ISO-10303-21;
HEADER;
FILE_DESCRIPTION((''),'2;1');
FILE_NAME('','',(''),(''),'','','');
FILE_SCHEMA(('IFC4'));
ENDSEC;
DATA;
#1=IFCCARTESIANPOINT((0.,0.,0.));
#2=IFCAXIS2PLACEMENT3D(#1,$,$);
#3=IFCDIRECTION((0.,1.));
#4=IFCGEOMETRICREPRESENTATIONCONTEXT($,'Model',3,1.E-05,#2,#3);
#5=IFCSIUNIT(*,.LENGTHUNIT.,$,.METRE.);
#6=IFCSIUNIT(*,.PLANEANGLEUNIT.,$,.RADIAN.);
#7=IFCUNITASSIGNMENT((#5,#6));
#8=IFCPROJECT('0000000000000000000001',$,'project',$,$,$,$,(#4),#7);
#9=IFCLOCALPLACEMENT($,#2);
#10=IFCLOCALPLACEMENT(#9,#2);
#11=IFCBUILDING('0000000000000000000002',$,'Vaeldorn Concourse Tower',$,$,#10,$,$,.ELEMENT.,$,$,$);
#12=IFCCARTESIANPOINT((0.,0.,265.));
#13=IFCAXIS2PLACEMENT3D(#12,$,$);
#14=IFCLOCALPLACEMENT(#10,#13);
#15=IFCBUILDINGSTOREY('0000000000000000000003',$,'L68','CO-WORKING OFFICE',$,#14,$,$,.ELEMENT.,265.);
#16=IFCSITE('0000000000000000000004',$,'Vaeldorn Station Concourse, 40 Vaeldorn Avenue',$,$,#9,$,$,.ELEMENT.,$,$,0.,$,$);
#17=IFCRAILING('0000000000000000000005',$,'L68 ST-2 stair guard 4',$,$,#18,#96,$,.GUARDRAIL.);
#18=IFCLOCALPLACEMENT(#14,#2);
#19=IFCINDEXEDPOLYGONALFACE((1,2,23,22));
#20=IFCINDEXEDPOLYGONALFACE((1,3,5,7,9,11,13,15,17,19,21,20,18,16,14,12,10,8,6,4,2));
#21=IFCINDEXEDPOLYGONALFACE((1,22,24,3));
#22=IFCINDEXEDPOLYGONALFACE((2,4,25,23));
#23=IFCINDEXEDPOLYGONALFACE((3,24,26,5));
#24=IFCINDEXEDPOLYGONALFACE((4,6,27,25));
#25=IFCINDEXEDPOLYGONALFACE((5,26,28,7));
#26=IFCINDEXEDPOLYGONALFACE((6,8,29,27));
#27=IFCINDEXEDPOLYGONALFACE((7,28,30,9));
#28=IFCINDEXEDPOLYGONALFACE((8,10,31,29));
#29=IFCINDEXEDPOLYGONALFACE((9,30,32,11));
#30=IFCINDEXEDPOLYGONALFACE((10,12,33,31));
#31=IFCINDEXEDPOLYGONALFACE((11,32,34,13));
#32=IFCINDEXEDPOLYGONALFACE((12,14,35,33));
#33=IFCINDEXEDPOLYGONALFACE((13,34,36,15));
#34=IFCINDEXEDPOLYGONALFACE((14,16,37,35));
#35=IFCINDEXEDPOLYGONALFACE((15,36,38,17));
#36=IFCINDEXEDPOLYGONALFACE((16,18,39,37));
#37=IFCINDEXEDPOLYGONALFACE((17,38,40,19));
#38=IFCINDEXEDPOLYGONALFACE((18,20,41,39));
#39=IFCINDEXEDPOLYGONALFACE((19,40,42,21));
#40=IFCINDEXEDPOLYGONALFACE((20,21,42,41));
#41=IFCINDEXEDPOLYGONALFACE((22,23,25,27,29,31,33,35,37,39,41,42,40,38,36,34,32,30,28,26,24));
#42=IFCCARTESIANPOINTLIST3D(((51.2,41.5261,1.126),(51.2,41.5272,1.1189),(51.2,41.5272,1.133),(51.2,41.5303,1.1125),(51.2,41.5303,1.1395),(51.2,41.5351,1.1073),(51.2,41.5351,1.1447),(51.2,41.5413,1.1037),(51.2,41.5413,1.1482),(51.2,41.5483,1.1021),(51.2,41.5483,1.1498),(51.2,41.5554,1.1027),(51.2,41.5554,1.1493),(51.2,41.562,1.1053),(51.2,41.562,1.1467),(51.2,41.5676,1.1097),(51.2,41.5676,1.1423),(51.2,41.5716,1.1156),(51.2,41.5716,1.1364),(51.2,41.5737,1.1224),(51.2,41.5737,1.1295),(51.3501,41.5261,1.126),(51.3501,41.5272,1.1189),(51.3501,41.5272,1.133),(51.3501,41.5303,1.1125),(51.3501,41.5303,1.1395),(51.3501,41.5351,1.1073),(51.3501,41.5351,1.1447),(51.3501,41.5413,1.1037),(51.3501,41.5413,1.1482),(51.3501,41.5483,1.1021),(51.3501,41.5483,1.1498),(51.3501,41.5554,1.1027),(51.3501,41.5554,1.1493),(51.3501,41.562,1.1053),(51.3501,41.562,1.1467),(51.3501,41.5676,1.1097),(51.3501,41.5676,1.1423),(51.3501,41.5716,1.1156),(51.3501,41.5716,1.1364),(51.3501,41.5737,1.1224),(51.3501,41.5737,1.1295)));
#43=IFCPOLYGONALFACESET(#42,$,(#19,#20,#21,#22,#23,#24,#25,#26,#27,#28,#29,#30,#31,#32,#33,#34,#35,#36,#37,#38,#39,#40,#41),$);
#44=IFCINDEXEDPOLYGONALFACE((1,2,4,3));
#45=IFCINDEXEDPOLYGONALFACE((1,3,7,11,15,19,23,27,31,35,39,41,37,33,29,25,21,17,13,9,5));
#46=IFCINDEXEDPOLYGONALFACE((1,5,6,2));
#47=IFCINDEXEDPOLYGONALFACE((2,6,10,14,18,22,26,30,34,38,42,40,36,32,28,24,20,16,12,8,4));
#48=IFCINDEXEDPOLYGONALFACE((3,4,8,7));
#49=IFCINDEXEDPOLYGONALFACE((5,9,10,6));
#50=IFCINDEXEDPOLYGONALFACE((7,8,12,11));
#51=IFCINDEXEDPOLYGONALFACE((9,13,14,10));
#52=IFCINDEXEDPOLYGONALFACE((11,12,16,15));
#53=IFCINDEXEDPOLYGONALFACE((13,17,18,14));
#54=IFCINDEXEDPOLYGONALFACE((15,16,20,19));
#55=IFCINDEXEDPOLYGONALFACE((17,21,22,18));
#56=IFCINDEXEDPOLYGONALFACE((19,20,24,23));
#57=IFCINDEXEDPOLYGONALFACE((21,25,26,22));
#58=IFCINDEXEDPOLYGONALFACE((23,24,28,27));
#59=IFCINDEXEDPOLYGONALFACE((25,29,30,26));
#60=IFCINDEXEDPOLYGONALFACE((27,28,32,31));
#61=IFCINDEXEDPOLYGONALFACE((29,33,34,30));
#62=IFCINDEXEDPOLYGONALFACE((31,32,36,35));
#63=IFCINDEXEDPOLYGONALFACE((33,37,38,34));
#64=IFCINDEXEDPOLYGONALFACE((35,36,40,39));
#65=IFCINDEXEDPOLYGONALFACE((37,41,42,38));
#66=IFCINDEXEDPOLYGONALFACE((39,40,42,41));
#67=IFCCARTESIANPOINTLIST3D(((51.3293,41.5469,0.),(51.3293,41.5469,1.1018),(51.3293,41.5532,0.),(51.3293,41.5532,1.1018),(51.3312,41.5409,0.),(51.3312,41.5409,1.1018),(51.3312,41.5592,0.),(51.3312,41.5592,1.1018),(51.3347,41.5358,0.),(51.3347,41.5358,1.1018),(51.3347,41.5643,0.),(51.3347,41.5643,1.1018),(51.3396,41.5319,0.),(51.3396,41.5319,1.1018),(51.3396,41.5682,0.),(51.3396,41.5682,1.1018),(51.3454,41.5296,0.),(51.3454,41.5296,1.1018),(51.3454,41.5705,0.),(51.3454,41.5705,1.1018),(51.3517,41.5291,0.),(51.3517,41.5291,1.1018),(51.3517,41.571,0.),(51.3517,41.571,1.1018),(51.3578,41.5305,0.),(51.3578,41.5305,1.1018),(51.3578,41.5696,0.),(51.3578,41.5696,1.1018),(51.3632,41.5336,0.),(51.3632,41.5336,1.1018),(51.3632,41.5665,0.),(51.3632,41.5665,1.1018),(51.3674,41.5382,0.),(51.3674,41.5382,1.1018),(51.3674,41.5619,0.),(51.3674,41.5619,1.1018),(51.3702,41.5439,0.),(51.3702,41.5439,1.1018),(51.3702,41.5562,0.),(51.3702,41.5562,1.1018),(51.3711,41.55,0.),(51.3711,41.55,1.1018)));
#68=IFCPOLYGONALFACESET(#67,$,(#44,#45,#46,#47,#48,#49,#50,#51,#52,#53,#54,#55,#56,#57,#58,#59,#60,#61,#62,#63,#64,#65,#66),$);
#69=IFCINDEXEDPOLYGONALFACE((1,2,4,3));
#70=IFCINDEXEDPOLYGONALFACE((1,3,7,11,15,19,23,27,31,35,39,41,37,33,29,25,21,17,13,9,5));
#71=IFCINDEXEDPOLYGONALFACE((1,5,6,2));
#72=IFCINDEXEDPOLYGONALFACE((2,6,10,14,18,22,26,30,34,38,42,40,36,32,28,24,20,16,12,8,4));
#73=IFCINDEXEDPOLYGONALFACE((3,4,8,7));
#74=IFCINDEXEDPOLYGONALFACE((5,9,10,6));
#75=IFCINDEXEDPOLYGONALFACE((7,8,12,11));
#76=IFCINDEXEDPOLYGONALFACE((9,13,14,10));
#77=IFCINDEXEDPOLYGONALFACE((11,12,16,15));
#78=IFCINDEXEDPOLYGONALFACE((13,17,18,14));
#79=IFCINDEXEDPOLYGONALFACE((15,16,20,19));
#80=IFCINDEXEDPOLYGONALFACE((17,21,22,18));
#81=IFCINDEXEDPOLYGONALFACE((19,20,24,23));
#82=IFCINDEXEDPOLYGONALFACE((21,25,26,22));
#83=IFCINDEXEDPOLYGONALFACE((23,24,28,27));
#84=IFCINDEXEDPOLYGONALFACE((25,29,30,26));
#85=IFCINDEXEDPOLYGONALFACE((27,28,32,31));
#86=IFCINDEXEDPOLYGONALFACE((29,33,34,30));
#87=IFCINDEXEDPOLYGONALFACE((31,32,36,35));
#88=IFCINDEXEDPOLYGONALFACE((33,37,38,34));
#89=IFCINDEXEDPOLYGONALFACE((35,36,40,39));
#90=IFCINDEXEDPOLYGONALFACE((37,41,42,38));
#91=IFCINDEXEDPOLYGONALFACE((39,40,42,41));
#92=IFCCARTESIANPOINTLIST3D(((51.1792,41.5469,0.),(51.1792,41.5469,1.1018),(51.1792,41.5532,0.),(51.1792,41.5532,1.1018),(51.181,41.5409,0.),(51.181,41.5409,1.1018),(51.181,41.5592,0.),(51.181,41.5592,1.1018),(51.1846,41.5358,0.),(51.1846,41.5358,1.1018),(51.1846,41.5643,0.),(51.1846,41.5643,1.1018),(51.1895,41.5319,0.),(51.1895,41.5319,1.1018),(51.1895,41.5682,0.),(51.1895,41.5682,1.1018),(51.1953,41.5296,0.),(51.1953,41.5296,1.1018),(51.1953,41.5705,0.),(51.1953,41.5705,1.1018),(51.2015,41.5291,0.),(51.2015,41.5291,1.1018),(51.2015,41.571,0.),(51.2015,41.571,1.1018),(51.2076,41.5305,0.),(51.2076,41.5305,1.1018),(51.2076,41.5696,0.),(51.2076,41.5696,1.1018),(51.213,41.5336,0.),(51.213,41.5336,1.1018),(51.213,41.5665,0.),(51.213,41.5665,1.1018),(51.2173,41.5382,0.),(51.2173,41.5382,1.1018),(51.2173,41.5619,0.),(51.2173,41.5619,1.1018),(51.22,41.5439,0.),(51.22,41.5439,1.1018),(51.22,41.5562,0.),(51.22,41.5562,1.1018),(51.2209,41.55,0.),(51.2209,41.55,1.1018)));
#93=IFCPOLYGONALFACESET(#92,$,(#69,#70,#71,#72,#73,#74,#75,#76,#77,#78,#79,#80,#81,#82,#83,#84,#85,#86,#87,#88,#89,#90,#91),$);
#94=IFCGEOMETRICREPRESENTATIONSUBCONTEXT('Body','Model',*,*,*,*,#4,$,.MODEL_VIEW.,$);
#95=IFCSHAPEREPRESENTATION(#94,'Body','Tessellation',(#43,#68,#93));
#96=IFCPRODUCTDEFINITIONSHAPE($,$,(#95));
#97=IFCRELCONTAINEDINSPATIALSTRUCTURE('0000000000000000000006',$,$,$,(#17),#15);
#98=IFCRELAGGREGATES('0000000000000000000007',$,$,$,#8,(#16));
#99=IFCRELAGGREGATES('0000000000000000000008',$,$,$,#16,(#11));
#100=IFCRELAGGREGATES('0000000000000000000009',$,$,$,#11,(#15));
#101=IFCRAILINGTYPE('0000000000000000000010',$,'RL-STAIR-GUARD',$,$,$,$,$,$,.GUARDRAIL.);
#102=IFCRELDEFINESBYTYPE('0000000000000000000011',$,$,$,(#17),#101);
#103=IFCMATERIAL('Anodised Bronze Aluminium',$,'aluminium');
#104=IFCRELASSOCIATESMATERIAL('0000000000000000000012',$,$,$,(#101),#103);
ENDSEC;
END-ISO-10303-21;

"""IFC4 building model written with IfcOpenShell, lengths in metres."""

from ifc_helpers import new_model, si_unit, direction, frame, origin, origin_2d, place, context, subcontext, project, spatial, circle, extrude, material, type_object, element, save


model = new_model("IFC4")

# Units and contexts
model_context = context("Model", 3, precision=1e-05, world=origin(), true_north=direction((0.0, 1.0)))
body_context = subcontext(model_context, "Body", "Model", "MODEL_VIEW")
ifc_project = project(units=[si_unit("LENGTHUNIT", "METRE"), si_unit("PLANEANGLEUNIT", "RADIAN")], contexts=[model_context])

# Site, building, storey
site_placement = place(None, origin())
site = spatial("IfcSite", under=ifc_project, at=site_placement, Name="Vaeldorn Station Concourse, 40 Vaeldorn Avenue", CompositionType="ELEMENT", RefElevation=0.0)
building_placement = place(site_placement, origin())
building = spatial("IfcBuilding", under=site, at=building_placement, Name="Vaeldorn Concourse Tower", CompositionType="ELEMENT")
storey_placement = place(building_placement, frame((0.0, 0.0, 265.0)))
storey = spatial("IfcBuildingStorey", under=building, at=storey_placement, Name="L68", Description="CO-WORKING OFFICE", CompositionType="ELEMENT", Elevation=265.0)

# Shared definitions
ifc_material_1 = material(Name="Anodised Bronze Aluminium", Category="aluminium")

# Railing
railing_type_1 = type_object("IfcRailingType", Name="RL-STAIR-GUARD", PredefinedType="GUARDRAIL", material=ifc_material_1)
railing_1_placement = place(storey_placement, frame((51.3501, 41.55, 0.0)))
element("IfcRailing", 1, at=railing_1_placement, inside=storey, type_object=railing_type_1, Name="L68 ST-2 stair guard 4", PredefinedType="GUARDRAIL", context=body_context, shape_type="SweptSolid", body=[
    extrude(circle(Radius=0.0239, at=origin_2d()), frame((0.0, 0.0, 1.126), z_axis=(-1.0, 0.0, 0.0), x_axis=(0.0, -1.0, 0.0)), (0.0, 0.0, 1.0), 0.1501),
    extrude(circle(Radius=0.021, at=origin_2d()), origin(), (0.0, 0.0, 1.0), 1.1018),
    extrude(circle(Radius=0.021, at=origin_2d()), frame((-0.1501, 0.0, 0.0)), (0.0, 0.0, 1.0), 1.1018),
])

save(model, "model.ifc")
